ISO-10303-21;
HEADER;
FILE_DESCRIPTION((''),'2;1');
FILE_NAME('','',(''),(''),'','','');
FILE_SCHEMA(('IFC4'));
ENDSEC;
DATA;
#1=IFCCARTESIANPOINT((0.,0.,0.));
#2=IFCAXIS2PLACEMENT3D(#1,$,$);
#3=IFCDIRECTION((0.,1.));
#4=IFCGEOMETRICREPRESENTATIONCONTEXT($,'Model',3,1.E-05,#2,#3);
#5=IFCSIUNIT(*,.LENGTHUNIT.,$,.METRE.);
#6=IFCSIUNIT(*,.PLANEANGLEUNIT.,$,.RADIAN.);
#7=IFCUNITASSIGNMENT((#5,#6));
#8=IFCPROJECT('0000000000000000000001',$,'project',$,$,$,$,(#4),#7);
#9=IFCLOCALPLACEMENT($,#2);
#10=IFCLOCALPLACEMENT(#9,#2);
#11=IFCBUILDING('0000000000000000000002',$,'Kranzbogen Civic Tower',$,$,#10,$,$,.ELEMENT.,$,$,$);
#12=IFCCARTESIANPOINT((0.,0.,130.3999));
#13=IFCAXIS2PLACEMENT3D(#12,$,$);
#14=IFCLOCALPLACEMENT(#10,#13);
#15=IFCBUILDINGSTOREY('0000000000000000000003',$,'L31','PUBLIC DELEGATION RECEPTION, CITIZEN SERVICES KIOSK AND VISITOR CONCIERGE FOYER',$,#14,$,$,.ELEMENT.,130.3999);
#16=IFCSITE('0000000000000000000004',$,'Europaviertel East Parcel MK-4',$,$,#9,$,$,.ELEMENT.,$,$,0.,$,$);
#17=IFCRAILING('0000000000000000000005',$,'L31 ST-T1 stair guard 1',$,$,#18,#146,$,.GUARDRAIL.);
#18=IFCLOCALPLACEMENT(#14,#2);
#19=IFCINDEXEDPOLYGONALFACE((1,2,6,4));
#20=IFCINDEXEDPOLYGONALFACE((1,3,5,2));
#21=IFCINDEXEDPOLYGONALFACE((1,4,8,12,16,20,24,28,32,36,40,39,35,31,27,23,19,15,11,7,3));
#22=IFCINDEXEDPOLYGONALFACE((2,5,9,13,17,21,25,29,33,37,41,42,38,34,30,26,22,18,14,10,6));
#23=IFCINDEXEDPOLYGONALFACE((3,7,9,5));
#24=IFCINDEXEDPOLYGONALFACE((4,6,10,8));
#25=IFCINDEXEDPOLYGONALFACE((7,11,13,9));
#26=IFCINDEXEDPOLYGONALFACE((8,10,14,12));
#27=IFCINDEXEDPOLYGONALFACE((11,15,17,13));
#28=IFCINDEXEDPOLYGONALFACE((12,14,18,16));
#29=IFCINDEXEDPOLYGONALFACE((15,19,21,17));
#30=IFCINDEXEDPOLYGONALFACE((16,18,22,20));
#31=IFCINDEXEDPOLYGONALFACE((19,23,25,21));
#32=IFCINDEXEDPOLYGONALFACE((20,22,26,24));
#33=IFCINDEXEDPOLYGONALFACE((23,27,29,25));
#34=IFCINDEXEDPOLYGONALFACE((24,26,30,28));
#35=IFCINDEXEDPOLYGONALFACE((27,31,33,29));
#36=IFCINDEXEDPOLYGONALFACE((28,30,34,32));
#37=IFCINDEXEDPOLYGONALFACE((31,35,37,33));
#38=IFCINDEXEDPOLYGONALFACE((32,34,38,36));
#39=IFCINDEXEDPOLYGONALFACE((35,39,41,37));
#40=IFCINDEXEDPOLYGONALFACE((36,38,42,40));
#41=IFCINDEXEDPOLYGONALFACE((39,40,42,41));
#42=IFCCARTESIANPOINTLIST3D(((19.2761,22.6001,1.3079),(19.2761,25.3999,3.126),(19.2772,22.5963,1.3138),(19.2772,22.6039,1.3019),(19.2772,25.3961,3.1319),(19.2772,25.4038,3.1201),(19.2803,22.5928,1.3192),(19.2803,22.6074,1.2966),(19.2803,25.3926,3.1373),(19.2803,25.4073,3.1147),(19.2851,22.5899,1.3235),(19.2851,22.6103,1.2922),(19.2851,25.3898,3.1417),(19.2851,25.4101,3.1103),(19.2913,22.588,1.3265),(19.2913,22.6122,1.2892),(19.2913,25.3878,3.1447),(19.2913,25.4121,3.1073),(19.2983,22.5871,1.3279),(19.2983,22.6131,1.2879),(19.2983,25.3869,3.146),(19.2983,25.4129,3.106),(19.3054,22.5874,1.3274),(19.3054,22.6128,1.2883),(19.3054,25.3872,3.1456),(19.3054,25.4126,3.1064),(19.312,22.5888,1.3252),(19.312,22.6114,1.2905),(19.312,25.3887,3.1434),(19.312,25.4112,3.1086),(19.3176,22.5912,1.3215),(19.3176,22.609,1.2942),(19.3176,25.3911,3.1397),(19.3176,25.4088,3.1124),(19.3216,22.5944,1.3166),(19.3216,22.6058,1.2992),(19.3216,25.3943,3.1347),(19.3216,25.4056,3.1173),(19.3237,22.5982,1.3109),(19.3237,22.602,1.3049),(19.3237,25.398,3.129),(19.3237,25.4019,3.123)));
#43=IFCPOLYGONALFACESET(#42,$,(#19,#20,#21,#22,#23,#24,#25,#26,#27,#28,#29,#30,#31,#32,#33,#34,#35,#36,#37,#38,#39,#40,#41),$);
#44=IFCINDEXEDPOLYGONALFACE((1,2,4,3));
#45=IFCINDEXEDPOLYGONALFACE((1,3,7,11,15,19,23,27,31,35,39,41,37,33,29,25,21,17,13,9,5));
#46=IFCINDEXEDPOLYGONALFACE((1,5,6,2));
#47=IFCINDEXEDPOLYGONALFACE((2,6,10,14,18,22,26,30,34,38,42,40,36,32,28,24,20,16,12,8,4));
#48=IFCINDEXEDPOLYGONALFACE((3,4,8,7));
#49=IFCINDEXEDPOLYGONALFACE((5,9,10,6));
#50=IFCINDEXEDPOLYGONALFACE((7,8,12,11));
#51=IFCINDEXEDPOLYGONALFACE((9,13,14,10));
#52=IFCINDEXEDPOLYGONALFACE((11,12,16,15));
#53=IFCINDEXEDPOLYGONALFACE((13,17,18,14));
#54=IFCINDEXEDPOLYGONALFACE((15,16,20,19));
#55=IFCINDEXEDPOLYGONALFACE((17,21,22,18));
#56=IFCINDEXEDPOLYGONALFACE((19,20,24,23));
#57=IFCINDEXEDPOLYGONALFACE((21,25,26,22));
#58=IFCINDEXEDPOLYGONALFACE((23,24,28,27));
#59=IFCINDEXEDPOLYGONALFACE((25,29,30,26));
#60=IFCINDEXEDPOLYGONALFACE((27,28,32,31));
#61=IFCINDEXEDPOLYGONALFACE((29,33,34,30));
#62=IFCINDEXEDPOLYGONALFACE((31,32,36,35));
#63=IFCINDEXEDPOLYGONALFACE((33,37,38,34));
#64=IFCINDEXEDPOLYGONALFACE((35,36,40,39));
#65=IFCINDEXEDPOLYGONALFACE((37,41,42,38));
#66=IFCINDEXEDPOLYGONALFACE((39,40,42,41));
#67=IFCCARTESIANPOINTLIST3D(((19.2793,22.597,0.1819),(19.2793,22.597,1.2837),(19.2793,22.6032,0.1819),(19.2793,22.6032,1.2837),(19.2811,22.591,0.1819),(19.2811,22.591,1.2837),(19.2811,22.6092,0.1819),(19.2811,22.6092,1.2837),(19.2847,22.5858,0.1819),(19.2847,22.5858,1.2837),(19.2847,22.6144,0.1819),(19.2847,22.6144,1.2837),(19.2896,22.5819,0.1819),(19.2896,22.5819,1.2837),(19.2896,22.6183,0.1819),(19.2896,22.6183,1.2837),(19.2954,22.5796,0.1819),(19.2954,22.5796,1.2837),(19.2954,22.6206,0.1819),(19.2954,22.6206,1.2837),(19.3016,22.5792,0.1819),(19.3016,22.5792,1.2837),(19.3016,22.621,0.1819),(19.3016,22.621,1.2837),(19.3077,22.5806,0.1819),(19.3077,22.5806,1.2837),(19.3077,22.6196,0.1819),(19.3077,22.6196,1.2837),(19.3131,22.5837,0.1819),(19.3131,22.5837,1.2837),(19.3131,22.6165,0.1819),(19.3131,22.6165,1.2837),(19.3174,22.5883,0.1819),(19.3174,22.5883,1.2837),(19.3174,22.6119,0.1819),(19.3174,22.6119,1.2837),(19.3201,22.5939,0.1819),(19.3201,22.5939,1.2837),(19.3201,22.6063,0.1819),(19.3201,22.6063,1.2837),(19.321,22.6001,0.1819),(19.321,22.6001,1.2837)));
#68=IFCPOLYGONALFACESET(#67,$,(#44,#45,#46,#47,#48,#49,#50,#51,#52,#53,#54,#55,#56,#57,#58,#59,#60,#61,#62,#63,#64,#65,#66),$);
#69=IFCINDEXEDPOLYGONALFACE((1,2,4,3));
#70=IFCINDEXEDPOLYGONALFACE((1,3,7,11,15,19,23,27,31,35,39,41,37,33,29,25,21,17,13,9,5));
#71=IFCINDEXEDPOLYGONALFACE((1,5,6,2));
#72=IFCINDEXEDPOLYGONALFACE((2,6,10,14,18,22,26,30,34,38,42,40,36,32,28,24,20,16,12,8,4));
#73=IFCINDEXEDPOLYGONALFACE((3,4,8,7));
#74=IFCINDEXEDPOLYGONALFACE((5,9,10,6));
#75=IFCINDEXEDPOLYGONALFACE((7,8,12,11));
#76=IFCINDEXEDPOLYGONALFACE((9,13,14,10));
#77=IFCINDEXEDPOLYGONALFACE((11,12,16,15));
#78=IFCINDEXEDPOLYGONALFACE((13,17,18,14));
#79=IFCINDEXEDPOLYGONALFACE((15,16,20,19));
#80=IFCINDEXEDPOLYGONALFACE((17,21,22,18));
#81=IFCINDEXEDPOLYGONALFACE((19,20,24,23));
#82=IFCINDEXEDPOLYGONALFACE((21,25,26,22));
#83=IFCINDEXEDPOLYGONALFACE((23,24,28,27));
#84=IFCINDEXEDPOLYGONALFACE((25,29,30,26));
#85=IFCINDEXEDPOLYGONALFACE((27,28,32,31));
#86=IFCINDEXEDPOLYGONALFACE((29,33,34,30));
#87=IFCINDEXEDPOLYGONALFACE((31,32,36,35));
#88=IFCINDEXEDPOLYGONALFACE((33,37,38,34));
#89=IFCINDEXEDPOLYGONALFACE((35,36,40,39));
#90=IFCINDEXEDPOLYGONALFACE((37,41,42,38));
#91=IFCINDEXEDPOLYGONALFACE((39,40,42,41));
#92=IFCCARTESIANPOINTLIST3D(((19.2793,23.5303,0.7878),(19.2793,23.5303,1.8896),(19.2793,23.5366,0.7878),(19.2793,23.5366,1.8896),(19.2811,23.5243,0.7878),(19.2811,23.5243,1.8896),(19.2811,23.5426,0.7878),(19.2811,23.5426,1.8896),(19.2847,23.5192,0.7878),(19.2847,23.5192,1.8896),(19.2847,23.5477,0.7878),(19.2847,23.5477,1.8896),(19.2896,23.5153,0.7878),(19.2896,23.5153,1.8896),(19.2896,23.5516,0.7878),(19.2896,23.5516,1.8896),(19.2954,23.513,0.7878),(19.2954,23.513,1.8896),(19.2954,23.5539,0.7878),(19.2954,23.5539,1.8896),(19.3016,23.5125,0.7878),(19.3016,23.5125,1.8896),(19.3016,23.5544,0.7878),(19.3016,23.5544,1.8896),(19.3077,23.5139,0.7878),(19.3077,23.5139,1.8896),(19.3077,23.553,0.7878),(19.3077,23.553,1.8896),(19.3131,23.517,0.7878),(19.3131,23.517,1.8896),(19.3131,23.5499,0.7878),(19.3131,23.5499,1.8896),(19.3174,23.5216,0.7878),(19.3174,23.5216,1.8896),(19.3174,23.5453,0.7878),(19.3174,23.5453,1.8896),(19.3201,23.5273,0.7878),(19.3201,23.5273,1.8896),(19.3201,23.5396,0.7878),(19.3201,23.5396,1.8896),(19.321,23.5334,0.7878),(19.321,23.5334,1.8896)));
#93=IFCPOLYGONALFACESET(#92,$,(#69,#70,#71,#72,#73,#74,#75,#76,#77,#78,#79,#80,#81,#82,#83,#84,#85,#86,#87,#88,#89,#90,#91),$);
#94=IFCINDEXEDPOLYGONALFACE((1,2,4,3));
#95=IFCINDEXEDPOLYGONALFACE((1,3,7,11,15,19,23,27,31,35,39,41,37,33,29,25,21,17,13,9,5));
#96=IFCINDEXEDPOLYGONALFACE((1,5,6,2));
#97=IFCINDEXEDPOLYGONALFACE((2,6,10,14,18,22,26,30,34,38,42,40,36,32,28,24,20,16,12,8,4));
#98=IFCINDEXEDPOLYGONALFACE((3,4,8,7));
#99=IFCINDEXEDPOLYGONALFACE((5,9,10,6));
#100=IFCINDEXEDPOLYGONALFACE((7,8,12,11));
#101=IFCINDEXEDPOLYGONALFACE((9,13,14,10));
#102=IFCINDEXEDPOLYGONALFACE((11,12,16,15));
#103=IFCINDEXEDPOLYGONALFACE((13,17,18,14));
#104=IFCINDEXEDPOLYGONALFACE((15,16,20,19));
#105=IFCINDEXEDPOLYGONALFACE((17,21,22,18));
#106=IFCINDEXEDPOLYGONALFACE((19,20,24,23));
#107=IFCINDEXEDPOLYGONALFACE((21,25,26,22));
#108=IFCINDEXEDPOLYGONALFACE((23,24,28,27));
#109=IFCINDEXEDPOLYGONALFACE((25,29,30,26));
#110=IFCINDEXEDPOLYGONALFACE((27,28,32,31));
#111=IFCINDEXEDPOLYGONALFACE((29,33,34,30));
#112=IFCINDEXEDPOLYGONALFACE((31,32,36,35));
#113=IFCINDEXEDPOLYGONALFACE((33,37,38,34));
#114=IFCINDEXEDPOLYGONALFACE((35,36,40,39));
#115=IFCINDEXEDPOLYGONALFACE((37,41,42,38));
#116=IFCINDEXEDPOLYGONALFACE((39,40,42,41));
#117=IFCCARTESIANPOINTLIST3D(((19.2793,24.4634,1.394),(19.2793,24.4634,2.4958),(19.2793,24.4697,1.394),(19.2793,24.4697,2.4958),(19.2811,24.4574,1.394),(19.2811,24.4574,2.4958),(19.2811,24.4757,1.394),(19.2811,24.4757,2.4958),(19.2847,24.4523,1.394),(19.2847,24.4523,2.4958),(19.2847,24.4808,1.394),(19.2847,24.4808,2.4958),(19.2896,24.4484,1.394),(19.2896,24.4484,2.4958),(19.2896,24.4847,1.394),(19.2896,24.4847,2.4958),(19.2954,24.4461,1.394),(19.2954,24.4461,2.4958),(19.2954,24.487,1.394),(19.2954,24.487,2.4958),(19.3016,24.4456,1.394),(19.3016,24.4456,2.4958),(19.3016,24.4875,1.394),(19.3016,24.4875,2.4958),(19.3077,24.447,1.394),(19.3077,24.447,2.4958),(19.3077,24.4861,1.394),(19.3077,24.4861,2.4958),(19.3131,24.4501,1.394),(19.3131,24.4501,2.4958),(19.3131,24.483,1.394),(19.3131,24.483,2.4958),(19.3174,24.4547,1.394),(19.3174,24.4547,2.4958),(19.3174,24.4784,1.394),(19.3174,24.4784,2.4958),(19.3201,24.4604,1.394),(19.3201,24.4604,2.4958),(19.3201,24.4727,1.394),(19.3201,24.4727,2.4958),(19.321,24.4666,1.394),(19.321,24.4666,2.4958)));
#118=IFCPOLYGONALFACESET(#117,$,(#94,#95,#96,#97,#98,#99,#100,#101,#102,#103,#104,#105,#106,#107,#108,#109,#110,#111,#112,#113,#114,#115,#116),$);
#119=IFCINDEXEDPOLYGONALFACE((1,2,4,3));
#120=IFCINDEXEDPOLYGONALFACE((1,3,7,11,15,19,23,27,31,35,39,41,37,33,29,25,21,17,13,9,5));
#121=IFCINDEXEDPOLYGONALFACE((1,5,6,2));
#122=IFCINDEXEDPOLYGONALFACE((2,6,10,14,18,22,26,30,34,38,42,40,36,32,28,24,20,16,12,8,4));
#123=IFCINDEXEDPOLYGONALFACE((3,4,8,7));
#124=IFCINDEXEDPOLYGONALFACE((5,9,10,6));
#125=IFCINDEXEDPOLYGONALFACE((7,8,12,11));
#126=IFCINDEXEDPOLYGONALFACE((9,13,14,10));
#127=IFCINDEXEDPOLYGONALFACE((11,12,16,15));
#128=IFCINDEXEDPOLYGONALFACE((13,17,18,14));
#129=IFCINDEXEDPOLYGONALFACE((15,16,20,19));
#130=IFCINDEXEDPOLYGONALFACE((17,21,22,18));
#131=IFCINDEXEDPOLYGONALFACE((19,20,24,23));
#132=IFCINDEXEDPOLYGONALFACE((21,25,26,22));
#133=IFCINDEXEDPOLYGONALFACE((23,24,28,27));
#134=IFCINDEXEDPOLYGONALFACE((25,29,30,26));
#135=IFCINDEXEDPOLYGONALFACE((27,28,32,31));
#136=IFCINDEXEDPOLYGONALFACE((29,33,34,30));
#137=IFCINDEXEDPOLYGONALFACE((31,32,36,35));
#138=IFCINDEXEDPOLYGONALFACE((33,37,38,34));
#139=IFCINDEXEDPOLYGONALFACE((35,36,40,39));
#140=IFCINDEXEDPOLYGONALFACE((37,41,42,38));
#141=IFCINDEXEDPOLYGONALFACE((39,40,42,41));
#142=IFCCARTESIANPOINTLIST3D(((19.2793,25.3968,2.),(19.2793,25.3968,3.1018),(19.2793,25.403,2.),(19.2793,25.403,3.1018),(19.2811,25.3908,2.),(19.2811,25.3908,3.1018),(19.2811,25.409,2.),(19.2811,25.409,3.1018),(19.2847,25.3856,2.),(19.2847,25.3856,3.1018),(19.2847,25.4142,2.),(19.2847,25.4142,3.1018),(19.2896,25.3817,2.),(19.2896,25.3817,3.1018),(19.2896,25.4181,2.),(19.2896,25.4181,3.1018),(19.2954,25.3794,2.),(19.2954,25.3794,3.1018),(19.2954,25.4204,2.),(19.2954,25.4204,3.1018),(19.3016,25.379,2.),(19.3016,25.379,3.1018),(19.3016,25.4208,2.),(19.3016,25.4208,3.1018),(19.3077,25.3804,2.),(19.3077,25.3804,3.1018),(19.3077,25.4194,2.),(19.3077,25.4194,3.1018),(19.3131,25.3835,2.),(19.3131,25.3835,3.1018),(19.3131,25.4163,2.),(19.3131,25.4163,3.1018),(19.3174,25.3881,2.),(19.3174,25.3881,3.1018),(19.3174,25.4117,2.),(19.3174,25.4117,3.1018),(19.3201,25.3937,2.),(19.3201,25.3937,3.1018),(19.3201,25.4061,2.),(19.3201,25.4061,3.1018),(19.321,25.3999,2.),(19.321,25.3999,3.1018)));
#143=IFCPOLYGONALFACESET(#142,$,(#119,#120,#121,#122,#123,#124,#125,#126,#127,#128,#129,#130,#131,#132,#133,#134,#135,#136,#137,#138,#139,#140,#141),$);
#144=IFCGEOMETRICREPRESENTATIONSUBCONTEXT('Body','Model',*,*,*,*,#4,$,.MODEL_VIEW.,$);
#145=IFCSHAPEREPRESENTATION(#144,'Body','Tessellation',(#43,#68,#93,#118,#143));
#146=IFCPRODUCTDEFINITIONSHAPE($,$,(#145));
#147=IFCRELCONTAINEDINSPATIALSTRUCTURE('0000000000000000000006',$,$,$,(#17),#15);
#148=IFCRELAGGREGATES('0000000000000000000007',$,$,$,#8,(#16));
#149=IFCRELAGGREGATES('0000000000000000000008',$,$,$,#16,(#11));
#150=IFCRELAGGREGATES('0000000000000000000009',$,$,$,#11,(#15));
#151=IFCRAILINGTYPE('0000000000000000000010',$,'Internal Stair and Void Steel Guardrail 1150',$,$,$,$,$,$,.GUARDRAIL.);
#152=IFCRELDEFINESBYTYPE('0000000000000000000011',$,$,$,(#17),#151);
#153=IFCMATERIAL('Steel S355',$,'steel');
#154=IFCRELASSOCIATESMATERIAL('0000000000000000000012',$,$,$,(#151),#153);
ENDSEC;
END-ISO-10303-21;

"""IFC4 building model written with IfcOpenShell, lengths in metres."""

from ifc_helpers import new_model, si_unit, direction, frame, origin, origin_2d, place, context, subcontext, project, spatial, circle, extrude, material, type_object, element, save


model = new_model("IFC4")

# Units and contexts
model_context = context("Model", 3, precision=1e-05, world=origin(), true_north=direction((0.0, 1.0)))
body_context = subcontext(model_context, "Body", "Model", "MODEL_VIEW")
ifc_project = project(units=[si_unit("LENGTHUNIT", "METRE"), si_unit("PLANEANGLEUNIT", "RADIAN")], contexts=[model_context])

# Site, building, storey
site_placement = place(None, origin())
site = spatial("IfcSite", under=ifc_project, at=site_placement, Name="Europaviertel East Parcel MK-4", CompositionType="ELEMENT", RefElevation=0.0)
building_placement = place(site_placement, origin())
building = spatial("IfcBuilding", under=site, at=building_placement, Name="Kranzbogen Civic Tower", CompositionType="ELEMENT")
storey_placement = place(building_placement, frame((0.0, 0.0, 130.3999)))
storey = spatial("IfcBuildingStorey", under=building, at=storey_placement, Name="L31", Description="PUBLIC DELEGATION RECEPTION, CITIZEN SERVICES KIOSK AND VISITOR CONCIERGE FOYER", CompositionType="ELEMENT", Elevation=130.3999)

# Shared definitions
ifc_material_1 = material(Name="Steel S355", Category="steel")

# Railing
railing_type_1 = type_object("IfcRailingType", Name="Internal Stair and Void Steel Guardrail 1150", PredefinedType="GUARDRAIL", material=ifc_material_1)
railing_1_placement = place(storey_placement, frame((19.3, 22.6001, 0.1819)))
element("IfcRailing", 1, at=railing_1_placement, inside=storey, type_object=railing_type_1, Name="L31 ST-T1 stair guard 1", PredefinedType="GUARDRAIL", context=body_context, shape_type="SweptSolid", body=[
    extrude(circle(Radius=0.0239, at=origin_2d()), frame((0.0, 0.0, 1.126), z_axis=(0.0, 0.838684, 0.544618), x_axis=(-1.0, 0.0, 0.0)), (0.0, 0.0, 1.0), 3.3384),
    extrude(circle(Radius=0.021, at=origin_2d()), origin(), (0.0, 0.0, 1.0), 1.1018),
    extrude(circle(Radius=0.021, at=origin_2d()), frame((0.0, 0.9333, 0.606)), (0.0, 0.0, 1.0), 1.1018),
    extrude(circle(Radius=0.021, at=origin_2d()), frame((0.0, 1.8665, 1.2122)), (0.0, 0.0, 1.0), 1.1018),
    extrude(circle(Radius=0.021, at=origin_2d()), frame((0.0, 2.7998, 1.8181)), (0.0, 0.0, 1.0), 1.1018),
])

save(model, "model.ifc")
